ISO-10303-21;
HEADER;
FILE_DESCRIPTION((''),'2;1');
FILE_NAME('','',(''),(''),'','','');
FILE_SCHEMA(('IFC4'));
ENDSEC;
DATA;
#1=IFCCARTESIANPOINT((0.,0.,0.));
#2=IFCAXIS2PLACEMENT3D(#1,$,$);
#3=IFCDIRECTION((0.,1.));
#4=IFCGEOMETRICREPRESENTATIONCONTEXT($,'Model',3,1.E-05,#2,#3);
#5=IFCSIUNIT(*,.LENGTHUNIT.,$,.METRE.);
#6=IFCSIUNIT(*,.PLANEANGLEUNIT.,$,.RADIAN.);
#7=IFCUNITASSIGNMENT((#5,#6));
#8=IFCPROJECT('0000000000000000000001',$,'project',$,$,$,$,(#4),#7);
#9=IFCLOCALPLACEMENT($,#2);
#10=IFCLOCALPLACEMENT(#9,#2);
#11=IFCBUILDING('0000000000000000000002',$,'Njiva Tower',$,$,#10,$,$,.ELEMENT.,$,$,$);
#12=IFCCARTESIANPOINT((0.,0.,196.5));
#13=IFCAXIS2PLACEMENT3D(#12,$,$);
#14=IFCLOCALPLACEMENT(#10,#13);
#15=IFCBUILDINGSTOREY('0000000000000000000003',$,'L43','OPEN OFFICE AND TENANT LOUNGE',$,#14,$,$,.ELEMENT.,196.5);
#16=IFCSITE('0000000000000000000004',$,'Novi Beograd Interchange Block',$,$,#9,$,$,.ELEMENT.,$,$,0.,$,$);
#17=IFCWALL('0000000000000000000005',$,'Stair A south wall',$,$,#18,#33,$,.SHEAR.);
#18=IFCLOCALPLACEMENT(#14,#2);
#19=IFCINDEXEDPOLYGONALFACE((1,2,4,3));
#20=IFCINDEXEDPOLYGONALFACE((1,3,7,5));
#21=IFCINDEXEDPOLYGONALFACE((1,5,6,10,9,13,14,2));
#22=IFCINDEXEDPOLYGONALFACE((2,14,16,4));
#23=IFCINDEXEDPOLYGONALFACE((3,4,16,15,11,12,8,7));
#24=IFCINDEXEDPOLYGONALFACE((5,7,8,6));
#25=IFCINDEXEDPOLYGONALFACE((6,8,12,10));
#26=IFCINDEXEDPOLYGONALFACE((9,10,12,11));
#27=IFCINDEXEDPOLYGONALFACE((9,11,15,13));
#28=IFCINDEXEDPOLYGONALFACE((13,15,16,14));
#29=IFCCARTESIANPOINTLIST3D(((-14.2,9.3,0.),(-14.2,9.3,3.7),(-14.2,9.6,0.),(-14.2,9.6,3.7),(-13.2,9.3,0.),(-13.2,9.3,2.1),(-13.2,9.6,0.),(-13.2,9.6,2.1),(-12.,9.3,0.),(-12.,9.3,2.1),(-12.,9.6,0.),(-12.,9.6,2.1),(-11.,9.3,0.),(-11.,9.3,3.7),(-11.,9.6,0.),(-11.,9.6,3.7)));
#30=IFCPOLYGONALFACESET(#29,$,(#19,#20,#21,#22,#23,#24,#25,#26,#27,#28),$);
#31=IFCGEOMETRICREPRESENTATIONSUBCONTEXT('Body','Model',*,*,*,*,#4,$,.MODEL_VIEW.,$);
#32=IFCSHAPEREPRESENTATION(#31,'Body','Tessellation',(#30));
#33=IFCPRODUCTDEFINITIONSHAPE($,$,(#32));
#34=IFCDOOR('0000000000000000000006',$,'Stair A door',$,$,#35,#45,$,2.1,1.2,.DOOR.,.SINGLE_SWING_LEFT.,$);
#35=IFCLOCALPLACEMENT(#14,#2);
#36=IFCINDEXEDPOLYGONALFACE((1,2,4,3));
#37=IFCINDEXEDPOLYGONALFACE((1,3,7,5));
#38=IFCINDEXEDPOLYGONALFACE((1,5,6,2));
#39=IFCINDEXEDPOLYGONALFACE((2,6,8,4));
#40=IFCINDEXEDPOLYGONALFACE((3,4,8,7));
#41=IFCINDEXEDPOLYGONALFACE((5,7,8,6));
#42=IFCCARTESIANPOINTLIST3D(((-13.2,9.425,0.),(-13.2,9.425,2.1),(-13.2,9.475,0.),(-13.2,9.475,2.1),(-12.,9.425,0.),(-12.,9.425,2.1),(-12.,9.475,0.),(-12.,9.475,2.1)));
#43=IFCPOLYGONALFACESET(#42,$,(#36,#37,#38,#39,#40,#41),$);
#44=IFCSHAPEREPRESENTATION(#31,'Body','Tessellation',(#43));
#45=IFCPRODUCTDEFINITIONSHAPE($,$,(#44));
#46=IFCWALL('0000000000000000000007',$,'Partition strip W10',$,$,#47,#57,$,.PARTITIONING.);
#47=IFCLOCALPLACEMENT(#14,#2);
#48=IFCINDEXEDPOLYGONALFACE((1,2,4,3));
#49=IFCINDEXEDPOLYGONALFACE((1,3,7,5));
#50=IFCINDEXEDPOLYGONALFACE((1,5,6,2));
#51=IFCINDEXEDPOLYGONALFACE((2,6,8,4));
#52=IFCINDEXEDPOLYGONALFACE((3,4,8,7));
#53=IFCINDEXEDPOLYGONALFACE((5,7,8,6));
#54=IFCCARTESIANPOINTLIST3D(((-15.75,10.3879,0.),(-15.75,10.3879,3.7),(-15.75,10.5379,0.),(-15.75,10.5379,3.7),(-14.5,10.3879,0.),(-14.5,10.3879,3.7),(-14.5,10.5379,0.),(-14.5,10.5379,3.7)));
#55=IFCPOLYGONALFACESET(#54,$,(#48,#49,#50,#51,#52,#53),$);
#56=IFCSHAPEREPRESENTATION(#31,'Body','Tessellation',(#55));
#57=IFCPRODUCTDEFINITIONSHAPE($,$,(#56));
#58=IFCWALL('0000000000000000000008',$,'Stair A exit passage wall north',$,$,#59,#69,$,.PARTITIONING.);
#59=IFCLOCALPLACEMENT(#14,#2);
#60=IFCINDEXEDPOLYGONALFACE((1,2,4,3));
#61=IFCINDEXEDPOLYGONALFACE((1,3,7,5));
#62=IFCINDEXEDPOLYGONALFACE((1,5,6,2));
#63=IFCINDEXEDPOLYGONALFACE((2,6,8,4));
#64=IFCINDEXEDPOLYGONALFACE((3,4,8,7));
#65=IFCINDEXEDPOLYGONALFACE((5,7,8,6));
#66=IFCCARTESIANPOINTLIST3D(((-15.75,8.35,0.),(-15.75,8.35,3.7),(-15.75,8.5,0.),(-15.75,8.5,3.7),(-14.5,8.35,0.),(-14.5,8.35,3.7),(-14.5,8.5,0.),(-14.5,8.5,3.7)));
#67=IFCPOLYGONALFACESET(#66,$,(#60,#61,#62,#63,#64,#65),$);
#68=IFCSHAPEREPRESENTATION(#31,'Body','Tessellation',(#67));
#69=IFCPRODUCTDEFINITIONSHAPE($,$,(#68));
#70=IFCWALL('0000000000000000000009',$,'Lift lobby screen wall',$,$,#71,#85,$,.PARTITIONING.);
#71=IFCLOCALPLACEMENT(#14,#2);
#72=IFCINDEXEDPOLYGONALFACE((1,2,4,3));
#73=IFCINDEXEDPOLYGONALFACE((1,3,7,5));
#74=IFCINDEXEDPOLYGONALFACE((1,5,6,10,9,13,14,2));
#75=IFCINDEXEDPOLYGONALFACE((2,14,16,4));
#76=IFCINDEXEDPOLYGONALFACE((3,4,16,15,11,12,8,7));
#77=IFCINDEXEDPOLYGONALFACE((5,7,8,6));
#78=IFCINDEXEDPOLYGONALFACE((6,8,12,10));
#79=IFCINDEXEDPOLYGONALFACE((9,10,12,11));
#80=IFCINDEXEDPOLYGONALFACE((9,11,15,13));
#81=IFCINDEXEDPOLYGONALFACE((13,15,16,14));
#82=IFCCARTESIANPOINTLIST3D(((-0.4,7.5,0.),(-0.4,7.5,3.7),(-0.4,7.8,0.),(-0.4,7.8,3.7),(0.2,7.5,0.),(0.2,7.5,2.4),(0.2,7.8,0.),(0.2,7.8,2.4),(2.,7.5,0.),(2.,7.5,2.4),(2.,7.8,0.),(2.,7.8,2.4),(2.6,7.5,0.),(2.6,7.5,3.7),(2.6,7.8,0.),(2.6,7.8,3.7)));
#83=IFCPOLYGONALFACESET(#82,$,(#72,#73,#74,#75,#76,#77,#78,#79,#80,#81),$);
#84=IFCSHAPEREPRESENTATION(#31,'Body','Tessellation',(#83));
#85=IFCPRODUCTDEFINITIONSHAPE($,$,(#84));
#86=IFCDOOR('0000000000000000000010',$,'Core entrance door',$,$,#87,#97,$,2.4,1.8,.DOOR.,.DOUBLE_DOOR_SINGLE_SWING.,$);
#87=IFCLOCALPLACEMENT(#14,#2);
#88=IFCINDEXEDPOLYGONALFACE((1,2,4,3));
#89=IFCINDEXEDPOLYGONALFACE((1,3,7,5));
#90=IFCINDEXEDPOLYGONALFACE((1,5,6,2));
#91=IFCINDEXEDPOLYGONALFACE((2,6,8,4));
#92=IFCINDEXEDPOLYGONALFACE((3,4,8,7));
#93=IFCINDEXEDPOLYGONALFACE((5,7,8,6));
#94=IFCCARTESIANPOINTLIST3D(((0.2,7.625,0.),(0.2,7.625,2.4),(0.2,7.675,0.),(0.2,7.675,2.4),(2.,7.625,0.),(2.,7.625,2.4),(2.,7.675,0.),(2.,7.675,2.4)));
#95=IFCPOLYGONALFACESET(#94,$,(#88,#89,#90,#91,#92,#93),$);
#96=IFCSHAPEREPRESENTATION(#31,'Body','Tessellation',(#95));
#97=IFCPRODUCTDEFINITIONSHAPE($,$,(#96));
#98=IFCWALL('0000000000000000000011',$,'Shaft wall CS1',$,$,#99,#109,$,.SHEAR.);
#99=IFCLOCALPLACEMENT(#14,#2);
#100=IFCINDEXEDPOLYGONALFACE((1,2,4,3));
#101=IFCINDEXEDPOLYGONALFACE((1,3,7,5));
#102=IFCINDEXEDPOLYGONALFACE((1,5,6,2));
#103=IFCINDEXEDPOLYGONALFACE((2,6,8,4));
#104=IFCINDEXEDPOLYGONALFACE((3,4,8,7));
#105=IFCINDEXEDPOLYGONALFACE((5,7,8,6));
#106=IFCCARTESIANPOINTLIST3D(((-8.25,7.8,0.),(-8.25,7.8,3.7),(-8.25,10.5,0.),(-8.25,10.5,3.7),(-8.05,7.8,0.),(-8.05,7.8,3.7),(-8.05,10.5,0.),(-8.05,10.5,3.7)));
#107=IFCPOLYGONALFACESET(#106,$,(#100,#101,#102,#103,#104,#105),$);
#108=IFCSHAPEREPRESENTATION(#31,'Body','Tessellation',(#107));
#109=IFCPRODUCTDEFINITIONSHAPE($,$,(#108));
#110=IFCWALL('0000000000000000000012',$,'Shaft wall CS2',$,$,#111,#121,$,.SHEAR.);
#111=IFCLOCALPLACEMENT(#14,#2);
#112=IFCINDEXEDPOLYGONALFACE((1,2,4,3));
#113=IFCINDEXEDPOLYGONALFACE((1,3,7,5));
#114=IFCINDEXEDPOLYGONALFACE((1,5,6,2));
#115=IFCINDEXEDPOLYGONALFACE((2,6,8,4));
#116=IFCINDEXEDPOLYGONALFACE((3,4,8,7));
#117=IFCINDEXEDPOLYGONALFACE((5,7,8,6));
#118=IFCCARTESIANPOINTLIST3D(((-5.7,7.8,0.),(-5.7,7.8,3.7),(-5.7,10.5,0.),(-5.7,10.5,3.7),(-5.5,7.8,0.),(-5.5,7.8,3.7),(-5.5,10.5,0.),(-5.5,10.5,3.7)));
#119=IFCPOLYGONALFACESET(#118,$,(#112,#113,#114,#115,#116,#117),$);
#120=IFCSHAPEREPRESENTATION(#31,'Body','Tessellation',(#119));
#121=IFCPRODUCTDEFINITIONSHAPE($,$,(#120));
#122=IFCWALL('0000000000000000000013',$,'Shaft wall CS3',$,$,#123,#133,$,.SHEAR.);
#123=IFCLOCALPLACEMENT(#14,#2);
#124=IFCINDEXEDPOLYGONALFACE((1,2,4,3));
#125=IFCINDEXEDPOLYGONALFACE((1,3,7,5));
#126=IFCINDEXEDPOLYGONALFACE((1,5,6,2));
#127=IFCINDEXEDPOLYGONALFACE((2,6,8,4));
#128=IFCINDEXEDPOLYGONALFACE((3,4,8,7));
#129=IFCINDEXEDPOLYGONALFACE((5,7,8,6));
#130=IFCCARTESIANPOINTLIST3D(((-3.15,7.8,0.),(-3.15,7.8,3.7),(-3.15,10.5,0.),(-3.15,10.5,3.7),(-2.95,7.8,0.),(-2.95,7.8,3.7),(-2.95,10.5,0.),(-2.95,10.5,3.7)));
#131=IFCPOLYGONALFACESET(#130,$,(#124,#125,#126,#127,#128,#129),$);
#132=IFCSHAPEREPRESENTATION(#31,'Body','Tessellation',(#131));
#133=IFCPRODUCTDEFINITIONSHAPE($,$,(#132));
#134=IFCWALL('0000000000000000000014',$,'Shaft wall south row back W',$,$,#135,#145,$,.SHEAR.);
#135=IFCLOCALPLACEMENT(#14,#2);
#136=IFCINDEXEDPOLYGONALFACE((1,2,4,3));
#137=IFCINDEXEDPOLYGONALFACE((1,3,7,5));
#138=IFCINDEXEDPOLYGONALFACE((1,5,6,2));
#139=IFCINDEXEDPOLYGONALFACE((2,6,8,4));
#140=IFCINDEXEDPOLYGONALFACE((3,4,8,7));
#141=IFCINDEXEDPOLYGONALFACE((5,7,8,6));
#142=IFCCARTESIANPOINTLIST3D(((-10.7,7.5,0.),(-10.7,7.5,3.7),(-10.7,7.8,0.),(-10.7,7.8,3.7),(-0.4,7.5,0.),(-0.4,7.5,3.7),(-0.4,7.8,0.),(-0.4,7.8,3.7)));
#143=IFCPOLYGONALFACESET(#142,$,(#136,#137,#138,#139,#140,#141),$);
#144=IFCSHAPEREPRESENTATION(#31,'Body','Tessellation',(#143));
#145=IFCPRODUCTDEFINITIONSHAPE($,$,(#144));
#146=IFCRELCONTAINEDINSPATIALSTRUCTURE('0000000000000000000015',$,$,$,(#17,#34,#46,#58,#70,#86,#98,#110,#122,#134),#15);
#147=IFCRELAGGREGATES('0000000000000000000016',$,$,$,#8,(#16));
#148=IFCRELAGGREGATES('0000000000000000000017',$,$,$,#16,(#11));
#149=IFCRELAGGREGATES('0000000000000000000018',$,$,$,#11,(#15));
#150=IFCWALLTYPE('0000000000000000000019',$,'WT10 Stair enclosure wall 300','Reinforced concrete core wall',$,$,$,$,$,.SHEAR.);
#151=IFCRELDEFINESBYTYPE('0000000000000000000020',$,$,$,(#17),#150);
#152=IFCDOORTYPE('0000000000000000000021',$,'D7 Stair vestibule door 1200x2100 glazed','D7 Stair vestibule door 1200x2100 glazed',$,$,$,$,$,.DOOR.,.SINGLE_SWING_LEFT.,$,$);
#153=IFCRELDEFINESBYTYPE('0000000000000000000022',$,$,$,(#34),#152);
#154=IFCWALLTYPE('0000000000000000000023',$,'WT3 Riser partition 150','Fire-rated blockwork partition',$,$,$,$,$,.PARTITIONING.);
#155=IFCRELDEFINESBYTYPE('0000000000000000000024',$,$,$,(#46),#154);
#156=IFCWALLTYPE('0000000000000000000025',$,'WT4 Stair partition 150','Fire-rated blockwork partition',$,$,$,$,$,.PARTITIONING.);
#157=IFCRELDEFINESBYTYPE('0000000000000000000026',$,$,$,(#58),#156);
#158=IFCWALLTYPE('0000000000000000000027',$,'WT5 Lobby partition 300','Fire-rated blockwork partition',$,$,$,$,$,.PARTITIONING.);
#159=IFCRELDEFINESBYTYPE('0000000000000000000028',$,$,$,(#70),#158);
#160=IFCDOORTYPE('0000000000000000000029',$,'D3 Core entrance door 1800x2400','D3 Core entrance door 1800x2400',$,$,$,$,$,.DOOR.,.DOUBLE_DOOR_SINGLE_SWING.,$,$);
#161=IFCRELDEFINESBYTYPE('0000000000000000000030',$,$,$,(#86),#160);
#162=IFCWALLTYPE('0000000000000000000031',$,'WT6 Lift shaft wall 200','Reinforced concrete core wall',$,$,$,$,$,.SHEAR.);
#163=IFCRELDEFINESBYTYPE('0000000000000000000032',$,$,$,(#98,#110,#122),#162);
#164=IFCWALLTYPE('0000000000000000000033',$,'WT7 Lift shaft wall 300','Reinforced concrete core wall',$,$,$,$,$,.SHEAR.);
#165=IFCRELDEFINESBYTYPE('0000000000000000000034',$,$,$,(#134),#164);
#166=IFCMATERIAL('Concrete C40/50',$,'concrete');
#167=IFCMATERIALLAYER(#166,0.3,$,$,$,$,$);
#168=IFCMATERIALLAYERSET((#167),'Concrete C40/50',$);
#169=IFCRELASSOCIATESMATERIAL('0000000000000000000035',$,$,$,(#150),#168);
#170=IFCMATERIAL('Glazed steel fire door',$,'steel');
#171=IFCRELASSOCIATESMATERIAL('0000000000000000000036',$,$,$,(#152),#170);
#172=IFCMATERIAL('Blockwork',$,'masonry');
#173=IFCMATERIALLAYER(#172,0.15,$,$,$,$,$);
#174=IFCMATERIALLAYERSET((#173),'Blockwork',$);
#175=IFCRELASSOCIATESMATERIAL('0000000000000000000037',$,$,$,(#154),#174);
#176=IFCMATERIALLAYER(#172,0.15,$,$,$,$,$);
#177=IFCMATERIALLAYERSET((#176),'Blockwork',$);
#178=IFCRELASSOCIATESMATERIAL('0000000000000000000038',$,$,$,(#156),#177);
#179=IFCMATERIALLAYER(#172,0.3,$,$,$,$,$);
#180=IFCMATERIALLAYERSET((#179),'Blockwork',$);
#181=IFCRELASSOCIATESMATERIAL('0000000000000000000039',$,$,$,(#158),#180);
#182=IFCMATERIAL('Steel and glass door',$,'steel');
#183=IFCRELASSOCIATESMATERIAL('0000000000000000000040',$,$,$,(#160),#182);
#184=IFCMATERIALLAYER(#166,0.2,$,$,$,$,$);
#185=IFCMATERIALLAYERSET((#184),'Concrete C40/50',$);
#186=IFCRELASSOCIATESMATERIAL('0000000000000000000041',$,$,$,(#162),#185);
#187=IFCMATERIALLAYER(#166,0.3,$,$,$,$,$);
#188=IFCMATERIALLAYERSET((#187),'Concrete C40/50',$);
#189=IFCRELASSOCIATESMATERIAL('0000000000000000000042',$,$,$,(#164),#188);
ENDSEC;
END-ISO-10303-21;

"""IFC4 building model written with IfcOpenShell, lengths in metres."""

from ifc_helpers import new_model, si_unit, direction, frame, frame_2d, origin, place, context, subcontext, project, spatial, rectangle, extrude, material, layer, layer_set, type_object, element, fill, save


model = new_model("IFC4")

# Units and contexts
model_context = context("Model", 3, precision=1e-05, world=origin(), true_north=direction((0.0, 1.0)))
body_context = subcontext(model_context, "Body", "Model", "MODEL_VIEW")
ifc_project = project(units=[si_unit("LENGTHUNIT", "METRE"), si_unit("PLANEANGLEUNIT", "RADIAN")], contexts=[model_context])

# Site, building, storey
site_placement = place(None, origin())
site = spatial("IfcSite", under=ifc_project, at=site_placement, Name="Novi Beograd Interchange Block", CompositionType="ELEMENT", RefElevation=0.0)
building_placement = place(site_placement, origin())
building = spatial("IfcBuilding", under=site, at=building_placement, Name="Njiva Tower", CompositionType="ELEMENT")
storey_placement = place(building_placement, frame((0.0, 0.0, 196.5)))
storey = spatial("IfcBuildingStorey", under=building, at=storey_placement, Name="L43", Description="OPEN OFFICE AND TENANT LOUNGE", CompositionType="ELEMENT", Elevation=196.5)

# Shared definitions
ifc_material_1 = material(Name="Blockwork", Category="masonry")

# Shared definitions
ifc_material_2 = material(Name="Concrete C40/50", Category="concrete")
ifc_layer_1 = layer(ifc_material_2, 0.3)
ifc_layer_set_1 = layer_set([ifc_layer_1], Name="Concrete C40/50")
wall_type_1 = type_object("IfcWallType", Name="WT10 Stair enclosure wall 300", Description="Reinforced concrete core wall", PredefinedType="SHEAR", material=ifc_layer_set_1)
ifc_material_3 = material(Name="Glazed steel fire door", Category="steel")

# Wall, opening, door
wall_1_placement = place(storey_placement, frame((-14.2, 9.45, 0.0), z_axis=(0.0, 0.0, 1.0), x_axis=(1.0, 0.0, 0.0)))
wall_1 = element("IfcWall", 1, at=wall_1_placement, inside=storey, type_object=wall_type_1, Name="Stair A south wall", PredefinedType="SHEAR", context=body_context, shape_type="SweptSolid", body=[
    extrude(rectangle(XDim=3.2, YDim=0.3, at=frame_2d((1.6, 0.0))), origin(), (0.0, 0.0, 1.0), 3.7),
])
opening_1_placement = place(wall_1_placement, frame((1.0, 0.0, 0.0)))
opening_1 = element("IfcOpeningElement", 2, at=opening_1_placement, cuts=wall_1, PredefinedType="OPENING", context=body_context, shape_type="SweptSolid", body=[
    extrude(rectangle(XDim=1.2, YDim=2.1, at=frame_2d((0.6, 1.05))), frame((0.0, 0.16, 0.0), z_axis=(0.0, -1.0, 0.0), x_axis=(1.0, 0.0, 0.0)), (0.0, 0.0, 1.0), 0.32),
])
door_type_1 = type_object("IfcDoorType", Name="D7 Stair vestibule door 1200x2100 glazed", Description="D7 Stair vestibule door 1200x2100 glazed", OperationType="SINGLE_SWING_LEFT", PredefinedType="DOOR", material=ifc_material_3)
door_1_placement = place(opening_1_placement, origin())
door_1 = element("IfcDoor", 3, at=door_1_placement, inside=storey, type_object=door_type_1, Name="Stair A door", OperationType="SINGLE_SWING_LEFT", OverallHeight=2.1, OverallWidth=1.2, PredefinedType="DOOR", context=body_context, shape_type="SweptSolid", body=[
    extrude(rectangle(XDim=1.2, YDim=2.1, at=frame_2d((0.6, 1.05))), frame((0.0, 0.025, 0.0), z_axis=(0.0, -1.0, 0.0), x_axis=(1.0, 0.0, 0.0)), (0.0, 0.0, 1.0), 0.05),
])
fill(opening_1, door_1)

# Walls
ifc_layer_2 = layer(ifc_material_1, 0.15)
ifc_layer_set_2 = layer_set([ifc_layer_2], Name="Blockwork")
wall_type_2 = type_object("IfcWallType", Name="WT3 Riser partition 150", Description="Fire-rated blockwork partition", PredefinedType="PARTITIONING", material=ifc_layer_set_2)
wall_2_placement = place(storey_placement, frame((-15.75, 10.4629, 0.0), z_axis=(0.0, 0.0, 1.0), x_axis=(1.0, 0.0, 0.0)))
element("IfcWall", 4, at=wall_2_placement, inside=storey, type_object=wall_type_2, Name="Partition strip W10", PredefinedType="PARTITIONING", context=body_context, shape_type="SweptSolid", body=[
    extrude(rectangle(XDim=1.25, YDim=0.15, at=frame_2d((0.625, 0.0))), origin(), (0.0, 0.0, 1.0), 3.7),
])
ifc_layer_3 = layer(ifc_material_1, 0.15)
ifc_layer_set_3 = layer_set([ifc_layer_3], Name="Blockwork")
wall_type_3 = type_object("IfcWallType", Name="WT4 Stair partition 150", Description="Fire-rated blockwork partition", PredefinedType="PARTITIONING", material=ifc_layer_set_3)
wall_3_placement = place(storey_placement, frame((-15.75, 8.425, 0.0), z_axis=(0.0, 0.0, 1.0), x_axis=(1.0, 0.0, 0.0)))
element("IfcWall", 5, at=wall_3_placement, inside=storey, type_object=wall_type_3, Name="Stair A exit passage wall north", PredefinedType="PARTITIONING", context=body_context, shape_type="SweptSolid", body=[
    extrude(rectangle(XDim=1.25, YDim=0.15, at=frame_2d((0.625, 0.0))), origin(), (0.0, 0.0, 1.0), 3.7),
])

# Wall, opening, door
ifc_layer_4 = layer(ifc_material_1, 0.3)
ifc_layer_set_4 = layer_set([ifc_layer_4], Name="Blockwork")
wall_type_4 = type_object("IfcWallType", Name="WT5 Lobby partition 300", Description="Fire-rated blockwork partition", PredefinedType="PARTITIONING", material=ifc_layer_set_4)
wall_4_placement = place(storey_placement, frame((-0.4, 7.65, 0.0), z_axis=(0.0, 0.0, 1.0), x_axis=(1.0, 0.0, 0.0)))
wall_4 = element("IfcWall", 6, at=wall_4_placement, inside=storey, type_object=wall_type_4, Name="Lift lobby screen wall", PredefinedType="PARTITIONING", context=body_context, shape_type="SweptSolid", body=[
    extrude(rectangle(XDim=3.0, YDim=0.3, at=frame_2d((1.5, 0.0))), origin(), (0.0, 0.0, 1.0), 3.7),
])
opening_2_placement = place(wall_4_placement, frame((0.6, 0.0, 0.0)))
opening_2 = element("IfcOpeningElement", 7, at=opening_2_placement, cuts=wall_4, PredefinedType="OPENING", context=body_context, shape_type="SweptSolid", body=[
    extrude(rectangle(XDim=1.8, YDim=2.4, at=frame_2d((0.9, 1.2))), frame((0.0, 0.16, 0.0), z_axis=(0.0, -1.0, 0.0), x_axis=(1.0, 0.0, 0.0)), (0.0, 0.0, 1.0), 0.32),
])
ifc_material_4 = material(Name="Steel and glass door", Category="steel")
door_type_2 = type_object("IfcDoorType", Name="D3 Core entrance door 1800x2400", Description="D3 Core entrance door 1800x2400", OperationType="DOUBLE_DOOR_SINGLE_SWING", PredefinedType="DOOR", material=ifc_material_4)
door_2_placement = place(opening_2_placement, origin())
door_2 = element("IfcDoor", 8, at=door_2_placement, inside=storey, type_object=door_type_2, Name="Core entrance door", OperationType="DOUBLE_DOOR_SINGLE_SWING", OverallHeight=2.4, OverallWidth=1.8, PredefinedType="DOOR", context=body_context, shape_type="SweptSolid", body=[
    extrude(rectangle(XDim=1.8, YDim=2.4, at=frame_2d((0.9, 1.2))), frame((0.0, 0.025, 0.0), z_axis=(0.0, -1.0, 0.0), x_axis=(1.0, 0.0, 0.0)), (0.0, 0.0, 1.0), 0.05),
])
fill(opening_2, door_2)

# Walls
ifc_layer_5 = layer(ifc_material_2, 0.2)
ifc_layer_set_5 = layer_set([ifc_layer_5], Name="Concrete C40/50")
wall_type_5 = type_object("IfcWallType", Name="WT6 Lift shaft wall 200", Description="Reinforced concrete core wall", PredefinedType="SHEAR", material=ifc_layer_set_5)
for number, where, z_axis, x_axis, name in (
    (9, (-8.15, 7.8, 0.0), (0.0, 0.0, 1.0), (0.0, 1.0, 0.0), "Shaft wall CS1"),
    (10, (-5.6, 7.8, 0.0), (0.0, 0.0, 1.0), (0.0, 1.0, 0.0), "Shaft wall CS2"),
    (11, (-3.05, 7.8, 0.0), (0.0, 0.0, 1.0), (0.0, 1.0, 0.0), "Shaft wall CS3"),
):
    element("IfcWall", number, at=place(storey_placement, frame(where, z_axis=z_axis, x_axis=x_axis)), inside=storey, type_object=wall_type_5, Name=name, PredefinedType="SHEAR", context=body_context, shape_type="SweptSolid", body=[
        extrude(rectangle(XDim=2.7, YDim=0.2, at=frame_2d((1.35, 0.0))), origin(), (0.0, 0.0, 1.0), 3.7),
    ])
ifc_layer_6 = layer(ifc_material_2, 0.3)
ifc_layer_set_6 = layer_set([ifc_layer_6], Name="Concrete C40/50")
wall_type_6 = type_object("IfcWallType", Name="WT7 Lift shaft wall 300", Description="Reinforced concrete core wall", PredefinedType="SHEAR", material=ifc_layer_set_6)
wall_5_placement = place(storey_placement, frame((-10.7, 7.65, 0.0), z_axis=(0.0, 0.0, 1.0), x_axis=(1.0, 0.0, 0.0)))
element("IfcWall", 12, at=wall_5_placement, inside=storey, type_object=wall_type_6, Name="Shaft wall south row back W", PredefinedType="SHEAR", context=body_context, shape_type="SweptSolid", body=[
    extrude(rectangle(XDim=10.3, YDim=0.3, at=frame_2d((5.15, 0.0))), origin(), (0.0, 0.0, 1.0), 3.7),
])

save(model, "model.ifc")
